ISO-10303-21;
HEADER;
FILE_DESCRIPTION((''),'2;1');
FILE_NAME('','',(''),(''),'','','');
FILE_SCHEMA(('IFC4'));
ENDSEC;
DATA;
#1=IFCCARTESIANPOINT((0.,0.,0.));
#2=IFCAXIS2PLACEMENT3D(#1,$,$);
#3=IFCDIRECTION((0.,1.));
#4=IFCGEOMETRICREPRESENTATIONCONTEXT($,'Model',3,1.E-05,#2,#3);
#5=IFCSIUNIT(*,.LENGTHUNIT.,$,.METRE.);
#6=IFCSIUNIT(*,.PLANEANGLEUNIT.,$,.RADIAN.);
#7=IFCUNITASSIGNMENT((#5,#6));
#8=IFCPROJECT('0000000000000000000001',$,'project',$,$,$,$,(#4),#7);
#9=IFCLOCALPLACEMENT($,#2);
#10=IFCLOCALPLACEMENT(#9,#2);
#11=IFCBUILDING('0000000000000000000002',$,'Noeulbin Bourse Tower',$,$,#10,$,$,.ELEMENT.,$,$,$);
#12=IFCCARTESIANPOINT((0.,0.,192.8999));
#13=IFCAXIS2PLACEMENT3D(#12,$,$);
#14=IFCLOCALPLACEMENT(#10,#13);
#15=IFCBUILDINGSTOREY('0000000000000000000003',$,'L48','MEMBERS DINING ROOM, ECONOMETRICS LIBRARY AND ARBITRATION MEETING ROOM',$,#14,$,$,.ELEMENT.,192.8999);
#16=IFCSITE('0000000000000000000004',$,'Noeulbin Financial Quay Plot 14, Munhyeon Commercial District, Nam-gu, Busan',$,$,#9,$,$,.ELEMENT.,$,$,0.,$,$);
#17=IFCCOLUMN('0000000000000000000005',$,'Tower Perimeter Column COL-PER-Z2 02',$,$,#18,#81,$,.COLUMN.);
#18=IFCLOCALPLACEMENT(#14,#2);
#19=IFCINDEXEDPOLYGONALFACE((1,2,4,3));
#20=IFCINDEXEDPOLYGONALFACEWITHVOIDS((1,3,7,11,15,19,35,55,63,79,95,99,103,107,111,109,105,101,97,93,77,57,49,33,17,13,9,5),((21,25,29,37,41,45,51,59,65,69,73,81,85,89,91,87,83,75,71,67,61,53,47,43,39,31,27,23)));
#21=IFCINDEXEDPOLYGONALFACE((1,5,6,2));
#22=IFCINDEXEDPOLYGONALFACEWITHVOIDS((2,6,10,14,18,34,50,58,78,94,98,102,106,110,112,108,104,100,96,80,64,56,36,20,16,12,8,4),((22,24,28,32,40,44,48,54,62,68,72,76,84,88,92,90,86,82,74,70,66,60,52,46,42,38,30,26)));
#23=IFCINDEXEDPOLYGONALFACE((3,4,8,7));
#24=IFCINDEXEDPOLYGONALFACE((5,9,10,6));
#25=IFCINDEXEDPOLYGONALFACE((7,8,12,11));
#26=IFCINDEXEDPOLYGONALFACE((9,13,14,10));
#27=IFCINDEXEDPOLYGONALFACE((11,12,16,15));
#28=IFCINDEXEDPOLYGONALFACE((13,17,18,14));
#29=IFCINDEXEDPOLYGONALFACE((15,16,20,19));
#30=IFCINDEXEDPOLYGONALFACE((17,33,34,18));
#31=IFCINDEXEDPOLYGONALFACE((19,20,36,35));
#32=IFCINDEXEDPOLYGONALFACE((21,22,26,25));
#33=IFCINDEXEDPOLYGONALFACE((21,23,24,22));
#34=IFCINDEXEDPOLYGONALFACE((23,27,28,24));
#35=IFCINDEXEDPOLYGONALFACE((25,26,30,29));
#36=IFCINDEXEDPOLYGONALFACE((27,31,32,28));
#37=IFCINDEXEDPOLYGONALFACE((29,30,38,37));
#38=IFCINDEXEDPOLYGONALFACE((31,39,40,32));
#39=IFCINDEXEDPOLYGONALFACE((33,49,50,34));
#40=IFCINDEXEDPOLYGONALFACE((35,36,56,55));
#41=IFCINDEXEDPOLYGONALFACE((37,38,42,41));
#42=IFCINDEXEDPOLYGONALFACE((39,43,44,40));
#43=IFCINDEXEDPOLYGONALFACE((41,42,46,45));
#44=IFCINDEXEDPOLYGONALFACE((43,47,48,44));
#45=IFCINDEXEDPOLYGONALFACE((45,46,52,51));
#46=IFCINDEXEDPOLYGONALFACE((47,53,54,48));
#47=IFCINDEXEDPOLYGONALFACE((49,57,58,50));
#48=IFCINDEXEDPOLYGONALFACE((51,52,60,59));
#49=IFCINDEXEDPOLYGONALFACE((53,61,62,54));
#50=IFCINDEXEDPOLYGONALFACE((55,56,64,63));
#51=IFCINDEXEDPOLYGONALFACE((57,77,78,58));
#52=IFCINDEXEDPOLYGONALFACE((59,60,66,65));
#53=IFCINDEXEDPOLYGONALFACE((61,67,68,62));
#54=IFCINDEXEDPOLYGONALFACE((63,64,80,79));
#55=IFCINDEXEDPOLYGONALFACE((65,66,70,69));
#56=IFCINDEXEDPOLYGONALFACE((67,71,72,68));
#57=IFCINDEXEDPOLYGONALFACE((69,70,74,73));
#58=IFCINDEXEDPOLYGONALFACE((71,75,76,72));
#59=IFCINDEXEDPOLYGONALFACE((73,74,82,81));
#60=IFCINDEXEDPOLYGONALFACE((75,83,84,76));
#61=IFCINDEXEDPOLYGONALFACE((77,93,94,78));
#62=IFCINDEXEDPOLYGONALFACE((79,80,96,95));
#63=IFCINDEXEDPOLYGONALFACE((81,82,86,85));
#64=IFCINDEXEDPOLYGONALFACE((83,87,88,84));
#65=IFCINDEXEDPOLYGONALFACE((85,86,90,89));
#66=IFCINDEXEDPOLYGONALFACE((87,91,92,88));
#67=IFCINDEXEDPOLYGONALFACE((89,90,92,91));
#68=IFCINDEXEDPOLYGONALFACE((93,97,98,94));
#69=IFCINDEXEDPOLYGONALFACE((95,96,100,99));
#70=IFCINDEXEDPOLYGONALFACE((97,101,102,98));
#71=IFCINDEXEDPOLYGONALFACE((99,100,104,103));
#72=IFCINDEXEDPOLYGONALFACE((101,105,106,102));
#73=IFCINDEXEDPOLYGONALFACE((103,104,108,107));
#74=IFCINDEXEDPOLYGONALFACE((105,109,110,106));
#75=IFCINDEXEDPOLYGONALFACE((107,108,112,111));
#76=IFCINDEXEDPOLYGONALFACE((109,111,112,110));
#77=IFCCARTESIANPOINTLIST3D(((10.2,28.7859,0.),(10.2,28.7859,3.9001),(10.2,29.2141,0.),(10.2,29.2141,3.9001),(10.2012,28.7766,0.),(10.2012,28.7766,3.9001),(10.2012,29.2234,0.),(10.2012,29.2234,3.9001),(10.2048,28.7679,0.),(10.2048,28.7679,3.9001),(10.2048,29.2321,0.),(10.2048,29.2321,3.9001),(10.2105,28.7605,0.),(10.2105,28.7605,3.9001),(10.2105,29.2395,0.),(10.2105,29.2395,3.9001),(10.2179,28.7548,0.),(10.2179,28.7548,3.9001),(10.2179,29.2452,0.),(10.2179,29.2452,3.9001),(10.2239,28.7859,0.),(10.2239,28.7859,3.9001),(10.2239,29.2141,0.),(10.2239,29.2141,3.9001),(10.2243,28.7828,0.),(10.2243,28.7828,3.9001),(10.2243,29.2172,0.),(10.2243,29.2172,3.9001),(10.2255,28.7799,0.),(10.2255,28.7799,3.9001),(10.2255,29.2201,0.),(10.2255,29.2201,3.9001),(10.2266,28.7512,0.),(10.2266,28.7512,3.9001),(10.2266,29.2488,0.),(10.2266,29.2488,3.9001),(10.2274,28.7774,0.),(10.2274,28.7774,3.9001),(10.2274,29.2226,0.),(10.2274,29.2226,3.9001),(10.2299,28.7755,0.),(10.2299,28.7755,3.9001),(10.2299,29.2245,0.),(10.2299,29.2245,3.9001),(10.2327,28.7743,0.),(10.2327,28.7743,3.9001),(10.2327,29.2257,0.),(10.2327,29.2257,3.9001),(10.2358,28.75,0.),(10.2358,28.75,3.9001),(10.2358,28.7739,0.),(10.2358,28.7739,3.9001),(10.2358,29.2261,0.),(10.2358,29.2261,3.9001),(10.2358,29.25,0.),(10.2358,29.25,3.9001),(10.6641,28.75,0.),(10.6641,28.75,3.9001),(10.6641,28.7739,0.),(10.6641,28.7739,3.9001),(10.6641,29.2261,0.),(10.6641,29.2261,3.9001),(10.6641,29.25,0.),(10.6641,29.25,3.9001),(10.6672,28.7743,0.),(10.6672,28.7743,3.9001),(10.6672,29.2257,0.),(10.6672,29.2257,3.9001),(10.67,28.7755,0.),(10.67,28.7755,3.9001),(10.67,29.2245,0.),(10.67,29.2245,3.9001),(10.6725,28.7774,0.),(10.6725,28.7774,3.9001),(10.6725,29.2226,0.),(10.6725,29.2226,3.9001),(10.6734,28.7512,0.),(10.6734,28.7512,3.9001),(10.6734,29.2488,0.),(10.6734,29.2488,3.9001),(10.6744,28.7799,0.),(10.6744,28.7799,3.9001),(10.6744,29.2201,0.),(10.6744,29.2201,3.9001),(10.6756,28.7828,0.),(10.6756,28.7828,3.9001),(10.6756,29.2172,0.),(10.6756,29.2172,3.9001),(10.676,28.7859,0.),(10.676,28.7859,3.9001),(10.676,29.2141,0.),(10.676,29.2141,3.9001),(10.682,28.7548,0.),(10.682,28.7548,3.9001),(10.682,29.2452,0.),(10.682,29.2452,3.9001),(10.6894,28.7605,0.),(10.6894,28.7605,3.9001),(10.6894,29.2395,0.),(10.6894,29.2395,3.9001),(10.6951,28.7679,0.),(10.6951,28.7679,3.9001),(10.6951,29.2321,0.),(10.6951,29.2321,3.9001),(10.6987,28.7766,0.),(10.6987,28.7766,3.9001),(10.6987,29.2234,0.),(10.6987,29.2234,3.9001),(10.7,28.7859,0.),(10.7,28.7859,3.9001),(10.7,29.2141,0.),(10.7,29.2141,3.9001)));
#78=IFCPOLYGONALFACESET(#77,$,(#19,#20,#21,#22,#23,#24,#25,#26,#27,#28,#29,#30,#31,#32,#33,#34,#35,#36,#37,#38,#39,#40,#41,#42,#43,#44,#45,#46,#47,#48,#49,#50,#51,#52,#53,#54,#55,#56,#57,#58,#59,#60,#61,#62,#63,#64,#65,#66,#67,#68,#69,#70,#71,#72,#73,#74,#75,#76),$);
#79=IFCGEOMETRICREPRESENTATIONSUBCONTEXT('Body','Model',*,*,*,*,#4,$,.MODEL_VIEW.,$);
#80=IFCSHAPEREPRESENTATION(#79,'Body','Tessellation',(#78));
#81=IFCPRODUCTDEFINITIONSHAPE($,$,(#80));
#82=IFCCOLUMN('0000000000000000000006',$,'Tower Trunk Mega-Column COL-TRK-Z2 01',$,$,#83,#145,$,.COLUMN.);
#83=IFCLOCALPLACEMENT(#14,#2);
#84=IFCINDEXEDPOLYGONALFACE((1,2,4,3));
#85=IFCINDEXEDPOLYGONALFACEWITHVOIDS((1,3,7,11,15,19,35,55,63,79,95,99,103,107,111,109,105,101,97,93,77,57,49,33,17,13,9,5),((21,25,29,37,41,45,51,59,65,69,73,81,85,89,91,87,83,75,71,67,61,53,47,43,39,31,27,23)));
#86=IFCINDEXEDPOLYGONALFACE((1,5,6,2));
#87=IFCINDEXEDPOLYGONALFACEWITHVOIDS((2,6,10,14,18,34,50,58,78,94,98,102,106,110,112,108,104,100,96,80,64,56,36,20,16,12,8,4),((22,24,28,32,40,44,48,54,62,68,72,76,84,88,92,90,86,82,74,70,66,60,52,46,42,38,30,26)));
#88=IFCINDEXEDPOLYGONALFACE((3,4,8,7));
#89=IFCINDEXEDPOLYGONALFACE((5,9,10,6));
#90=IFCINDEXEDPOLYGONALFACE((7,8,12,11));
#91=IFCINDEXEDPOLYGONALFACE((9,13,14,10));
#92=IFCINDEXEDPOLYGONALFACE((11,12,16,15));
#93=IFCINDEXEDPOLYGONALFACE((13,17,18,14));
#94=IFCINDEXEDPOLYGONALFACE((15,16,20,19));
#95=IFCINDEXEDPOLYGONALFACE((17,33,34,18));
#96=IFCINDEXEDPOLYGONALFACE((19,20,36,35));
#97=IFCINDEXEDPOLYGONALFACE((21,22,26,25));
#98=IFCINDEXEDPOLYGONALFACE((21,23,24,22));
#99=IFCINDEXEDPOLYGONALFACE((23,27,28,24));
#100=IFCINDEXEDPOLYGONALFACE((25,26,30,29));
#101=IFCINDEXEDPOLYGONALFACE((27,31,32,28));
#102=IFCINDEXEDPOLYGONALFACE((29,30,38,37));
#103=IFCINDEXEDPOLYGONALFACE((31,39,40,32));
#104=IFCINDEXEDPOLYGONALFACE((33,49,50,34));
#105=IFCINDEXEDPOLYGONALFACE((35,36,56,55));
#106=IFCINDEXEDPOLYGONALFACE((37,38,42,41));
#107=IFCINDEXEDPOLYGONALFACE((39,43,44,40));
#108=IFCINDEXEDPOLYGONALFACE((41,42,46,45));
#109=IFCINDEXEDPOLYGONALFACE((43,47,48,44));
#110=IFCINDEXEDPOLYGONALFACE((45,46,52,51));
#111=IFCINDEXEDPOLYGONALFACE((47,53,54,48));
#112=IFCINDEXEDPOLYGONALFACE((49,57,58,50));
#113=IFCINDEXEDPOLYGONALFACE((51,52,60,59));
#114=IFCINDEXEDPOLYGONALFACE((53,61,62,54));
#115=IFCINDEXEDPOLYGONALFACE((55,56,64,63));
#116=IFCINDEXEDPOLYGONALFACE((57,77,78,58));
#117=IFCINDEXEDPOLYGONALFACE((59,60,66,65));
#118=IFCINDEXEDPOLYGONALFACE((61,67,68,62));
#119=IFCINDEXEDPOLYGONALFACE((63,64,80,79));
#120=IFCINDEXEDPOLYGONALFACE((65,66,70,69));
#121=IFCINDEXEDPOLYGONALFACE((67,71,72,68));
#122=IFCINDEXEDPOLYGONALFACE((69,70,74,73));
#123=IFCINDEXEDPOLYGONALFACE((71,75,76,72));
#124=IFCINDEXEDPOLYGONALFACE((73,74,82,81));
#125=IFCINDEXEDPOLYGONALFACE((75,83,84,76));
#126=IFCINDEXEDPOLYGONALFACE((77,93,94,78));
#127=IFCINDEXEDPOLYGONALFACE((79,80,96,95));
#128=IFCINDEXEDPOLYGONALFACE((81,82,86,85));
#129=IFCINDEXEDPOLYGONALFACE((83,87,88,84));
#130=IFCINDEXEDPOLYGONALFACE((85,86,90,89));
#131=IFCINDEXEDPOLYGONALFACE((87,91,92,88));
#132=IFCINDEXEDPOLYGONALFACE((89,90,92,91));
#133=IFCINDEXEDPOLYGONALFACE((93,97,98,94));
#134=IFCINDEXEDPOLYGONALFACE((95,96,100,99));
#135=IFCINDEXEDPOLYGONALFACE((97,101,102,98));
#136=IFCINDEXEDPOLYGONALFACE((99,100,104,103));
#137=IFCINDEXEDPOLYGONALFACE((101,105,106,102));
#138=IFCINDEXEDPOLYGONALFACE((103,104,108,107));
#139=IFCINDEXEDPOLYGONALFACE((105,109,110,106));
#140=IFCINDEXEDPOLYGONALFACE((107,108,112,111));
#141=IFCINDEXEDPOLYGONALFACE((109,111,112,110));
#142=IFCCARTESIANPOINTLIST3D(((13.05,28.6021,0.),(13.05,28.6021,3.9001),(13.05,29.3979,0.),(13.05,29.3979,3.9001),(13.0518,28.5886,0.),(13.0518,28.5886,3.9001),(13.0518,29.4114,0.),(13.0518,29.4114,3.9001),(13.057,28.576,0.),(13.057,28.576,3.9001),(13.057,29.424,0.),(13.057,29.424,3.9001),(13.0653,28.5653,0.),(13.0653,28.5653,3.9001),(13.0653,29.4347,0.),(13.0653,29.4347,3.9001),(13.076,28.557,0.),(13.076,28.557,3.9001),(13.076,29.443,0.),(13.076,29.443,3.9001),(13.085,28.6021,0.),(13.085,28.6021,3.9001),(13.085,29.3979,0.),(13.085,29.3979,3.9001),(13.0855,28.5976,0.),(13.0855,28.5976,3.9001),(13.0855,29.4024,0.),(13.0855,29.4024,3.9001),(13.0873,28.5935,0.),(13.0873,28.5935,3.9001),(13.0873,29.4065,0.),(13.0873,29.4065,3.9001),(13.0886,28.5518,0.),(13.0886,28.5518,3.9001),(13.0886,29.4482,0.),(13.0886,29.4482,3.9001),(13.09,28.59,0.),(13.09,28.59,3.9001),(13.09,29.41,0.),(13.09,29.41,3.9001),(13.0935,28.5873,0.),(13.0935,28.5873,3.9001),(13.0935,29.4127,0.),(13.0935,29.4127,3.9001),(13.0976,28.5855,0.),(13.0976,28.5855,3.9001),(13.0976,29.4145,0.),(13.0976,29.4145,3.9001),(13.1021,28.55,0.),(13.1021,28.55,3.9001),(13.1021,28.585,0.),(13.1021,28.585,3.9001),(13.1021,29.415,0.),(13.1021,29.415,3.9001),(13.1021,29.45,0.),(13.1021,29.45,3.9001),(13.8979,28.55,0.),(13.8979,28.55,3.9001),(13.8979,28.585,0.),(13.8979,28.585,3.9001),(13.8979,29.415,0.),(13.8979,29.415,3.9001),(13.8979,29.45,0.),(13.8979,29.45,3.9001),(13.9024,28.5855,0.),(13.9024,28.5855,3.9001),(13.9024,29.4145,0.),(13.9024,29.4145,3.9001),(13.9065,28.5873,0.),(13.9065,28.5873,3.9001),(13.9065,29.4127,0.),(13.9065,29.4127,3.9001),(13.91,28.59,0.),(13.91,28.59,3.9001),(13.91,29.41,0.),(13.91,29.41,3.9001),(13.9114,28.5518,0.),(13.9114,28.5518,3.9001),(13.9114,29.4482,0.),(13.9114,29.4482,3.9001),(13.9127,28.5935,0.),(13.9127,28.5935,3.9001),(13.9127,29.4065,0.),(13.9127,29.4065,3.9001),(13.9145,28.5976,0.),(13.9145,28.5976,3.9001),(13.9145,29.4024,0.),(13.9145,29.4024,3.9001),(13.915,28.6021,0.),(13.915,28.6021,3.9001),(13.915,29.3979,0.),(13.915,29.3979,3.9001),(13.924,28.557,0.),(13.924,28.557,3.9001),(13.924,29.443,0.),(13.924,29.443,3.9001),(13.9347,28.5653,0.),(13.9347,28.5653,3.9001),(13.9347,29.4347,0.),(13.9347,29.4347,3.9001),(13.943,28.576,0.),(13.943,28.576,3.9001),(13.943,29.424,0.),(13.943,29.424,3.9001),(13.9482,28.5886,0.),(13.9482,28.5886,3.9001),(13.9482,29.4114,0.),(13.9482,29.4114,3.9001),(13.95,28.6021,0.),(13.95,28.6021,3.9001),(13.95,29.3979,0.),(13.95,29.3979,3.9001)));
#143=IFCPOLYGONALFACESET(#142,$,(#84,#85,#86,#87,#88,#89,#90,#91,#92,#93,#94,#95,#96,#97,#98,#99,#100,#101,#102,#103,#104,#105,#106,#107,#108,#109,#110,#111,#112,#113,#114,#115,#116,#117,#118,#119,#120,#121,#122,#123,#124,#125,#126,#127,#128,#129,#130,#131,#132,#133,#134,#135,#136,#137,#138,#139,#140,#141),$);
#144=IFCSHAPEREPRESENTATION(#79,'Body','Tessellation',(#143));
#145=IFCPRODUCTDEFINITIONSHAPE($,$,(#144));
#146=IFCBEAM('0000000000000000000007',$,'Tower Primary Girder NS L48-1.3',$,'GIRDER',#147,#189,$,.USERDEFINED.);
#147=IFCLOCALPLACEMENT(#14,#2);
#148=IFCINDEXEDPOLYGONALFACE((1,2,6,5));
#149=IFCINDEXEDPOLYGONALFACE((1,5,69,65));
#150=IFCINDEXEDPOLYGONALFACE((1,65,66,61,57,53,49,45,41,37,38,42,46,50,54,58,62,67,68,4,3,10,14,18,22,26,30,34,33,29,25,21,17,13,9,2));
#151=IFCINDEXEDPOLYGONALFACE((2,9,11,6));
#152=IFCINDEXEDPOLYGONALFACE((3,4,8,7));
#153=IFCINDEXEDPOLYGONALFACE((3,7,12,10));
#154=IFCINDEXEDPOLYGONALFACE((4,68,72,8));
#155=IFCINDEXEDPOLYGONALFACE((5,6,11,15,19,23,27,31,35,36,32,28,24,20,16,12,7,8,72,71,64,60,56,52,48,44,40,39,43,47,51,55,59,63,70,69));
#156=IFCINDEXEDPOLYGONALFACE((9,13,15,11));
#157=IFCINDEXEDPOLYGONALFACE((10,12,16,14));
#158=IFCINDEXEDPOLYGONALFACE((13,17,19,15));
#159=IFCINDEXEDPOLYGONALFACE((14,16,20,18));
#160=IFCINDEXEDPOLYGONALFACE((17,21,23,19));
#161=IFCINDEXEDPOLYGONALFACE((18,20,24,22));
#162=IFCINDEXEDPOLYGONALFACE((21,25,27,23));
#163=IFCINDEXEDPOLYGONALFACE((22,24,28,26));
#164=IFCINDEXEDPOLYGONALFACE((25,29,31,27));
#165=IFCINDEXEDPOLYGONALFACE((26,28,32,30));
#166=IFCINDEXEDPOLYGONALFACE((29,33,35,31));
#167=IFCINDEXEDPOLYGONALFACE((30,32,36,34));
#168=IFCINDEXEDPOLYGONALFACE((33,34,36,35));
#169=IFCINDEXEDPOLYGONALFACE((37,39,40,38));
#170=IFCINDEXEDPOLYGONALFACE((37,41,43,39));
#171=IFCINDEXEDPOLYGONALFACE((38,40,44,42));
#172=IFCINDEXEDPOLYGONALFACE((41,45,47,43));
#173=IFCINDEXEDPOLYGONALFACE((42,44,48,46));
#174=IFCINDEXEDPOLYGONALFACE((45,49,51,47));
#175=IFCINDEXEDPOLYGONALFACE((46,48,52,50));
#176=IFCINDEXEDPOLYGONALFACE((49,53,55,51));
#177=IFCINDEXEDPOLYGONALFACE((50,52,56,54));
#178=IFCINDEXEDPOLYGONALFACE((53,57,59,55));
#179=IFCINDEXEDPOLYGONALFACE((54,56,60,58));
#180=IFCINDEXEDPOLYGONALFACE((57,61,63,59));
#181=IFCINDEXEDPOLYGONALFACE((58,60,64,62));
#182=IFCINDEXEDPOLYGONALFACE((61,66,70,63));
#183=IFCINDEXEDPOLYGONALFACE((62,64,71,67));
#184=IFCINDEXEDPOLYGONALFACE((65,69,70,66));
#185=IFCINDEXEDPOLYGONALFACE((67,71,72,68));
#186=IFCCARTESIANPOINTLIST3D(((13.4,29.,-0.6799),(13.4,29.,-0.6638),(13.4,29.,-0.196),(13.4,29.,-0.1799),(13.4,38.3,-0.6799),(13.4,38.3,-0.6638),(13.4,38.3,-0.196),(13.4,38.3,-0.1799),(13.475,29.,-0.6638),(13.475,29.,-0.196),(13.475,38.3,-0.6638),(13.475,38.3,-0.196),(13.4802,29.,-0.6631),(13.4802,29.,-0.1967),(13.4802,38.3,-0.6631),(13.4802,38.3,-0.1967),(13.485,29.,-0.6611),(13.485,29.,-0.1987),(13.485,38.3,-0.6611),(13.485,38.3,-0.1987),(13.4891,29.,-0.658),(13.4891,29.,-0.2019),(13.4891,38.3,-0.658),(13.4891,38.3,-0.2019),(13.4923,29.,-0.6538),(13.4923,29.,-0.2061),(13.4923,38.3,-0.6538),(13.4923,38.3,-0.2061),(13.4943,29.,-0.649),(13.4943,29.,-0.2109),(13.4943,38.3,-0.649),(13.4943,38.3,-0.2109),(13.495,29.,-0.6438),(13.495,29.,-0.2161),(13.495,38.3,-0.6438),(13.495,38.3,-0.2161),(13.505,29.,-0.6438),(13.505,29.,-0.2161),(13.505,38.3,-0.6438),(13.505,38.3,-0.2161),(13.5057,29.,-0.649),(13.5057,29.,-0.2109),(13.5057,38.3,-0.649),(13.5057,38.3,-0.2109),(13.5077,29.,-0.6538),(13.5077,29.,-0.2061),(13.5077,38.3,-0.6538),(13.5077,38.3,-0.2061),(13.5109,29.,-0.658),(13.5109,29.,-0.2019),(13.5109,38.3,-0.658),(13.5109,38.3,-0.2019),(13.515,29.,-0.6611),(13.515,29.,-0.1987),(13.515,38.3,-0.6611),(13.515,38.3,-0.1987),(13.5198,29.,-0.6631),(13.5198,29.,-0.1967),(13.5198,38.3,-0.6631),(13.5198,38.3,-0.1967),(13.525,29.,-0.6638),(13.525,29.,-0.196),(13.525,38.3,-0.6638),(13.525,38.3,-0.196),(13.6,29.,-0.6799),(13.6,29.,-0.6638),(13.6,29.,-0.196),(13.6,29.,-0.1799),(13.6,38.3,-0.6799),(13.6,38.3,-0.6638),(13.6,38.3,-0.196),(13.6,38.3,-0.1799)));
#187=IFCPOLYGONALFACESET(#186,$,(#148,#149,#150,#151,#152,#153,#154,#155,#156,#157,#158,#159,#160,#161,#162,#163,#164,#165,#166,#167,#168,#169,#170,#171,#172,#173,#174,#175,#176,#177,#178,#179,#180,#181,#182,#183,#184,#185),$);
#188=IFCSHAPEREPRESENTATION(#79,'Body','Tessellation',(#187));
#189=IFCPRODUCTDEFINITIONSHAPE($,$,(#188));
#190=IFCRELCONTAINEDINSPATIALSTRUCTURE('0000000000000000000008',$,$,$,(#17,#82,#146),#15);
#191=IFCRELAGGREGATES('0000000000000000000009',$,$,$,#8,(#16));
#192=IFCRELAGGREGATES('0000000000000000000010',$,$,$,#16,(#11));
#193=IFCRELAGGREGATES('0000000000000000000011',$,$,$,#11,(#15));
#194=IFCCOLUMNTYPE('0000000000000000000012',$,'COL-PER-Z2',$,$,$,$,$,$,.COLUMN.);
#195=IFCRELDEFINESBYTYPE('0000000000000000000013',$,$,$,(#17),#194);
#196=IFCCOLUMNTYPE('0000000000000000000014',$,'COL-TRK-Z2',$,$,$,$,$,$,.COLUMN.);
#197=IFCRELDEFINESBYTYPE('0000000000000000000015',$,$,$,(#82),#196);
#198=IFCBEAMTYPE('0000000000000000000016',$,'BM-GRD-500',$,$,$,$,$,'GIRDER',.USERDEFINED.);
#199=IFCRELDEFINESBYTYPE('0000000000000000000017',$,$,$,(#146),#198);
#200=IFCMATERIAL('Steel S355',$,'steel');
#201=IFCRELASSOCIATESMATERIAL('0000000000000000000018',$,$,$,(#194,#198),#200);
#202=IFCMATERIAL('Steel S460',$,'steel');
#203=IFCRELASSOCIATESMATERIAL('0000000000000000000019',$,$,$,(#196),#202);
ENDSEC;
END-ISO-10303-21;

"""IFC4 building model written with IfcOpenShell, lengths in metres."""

from ifc_helpers import new_model, si_unit, direction, frame, origin, origin_2d, place, context, subcontext, project, spatial, hollow_rectangle, i_section, extrude, material, material_profile, profile_set, type_object, element, save


model = new_model("IFC4")

# Units and contexts
model_context = context("Model", 3, precision=1e-05, world=origin(), true_north=direction((0.0, 1.0)))
body_context = subcontext(model_context, "Body", "Model", "MODEL_VIEW")
ifc_project = project(units=[si_unit("LENGTHUNIT", "METRE"), si_unit("PLANEANGLEUNIT", "RADIAN")], contexts=[model_context])

# Site, building, storey
site_placement = place(None, origin())
site = spatial("IfcSite", under=ifc_project, at=site_placement, Name="Noeulbin Financial Quay Plot 14, Munhyeon Commercial District, Nam-gu, Busan", CompositionType="ELEMENT", RefElevation=0.0)
building_placement = place(site_placement, origin())
building = spatial("IfcBuilding", under=site, at=building_placement, Name="Noeulbin Bourse Tower", CompositionType="ELEMENT")
storey_placement = place(building_placement, frame((0.0, 0.0, 192.8999)))
storey = spatial("IfcBuildingStorey", under=building, at=storey_placement, Name="L48", Description="MEMBERS DINING ROOM, ECONOMETRICS LIBRARY AND ARBITRATION MEETING ROOM", CompositionType="ELEMENT", Elevation=192.8999)

# Columns
ifc_material_1 = material(Name="Steel S355", Category="steel")
ifc_material_profile_1 = material_profile(ifc_material_1, hollow_rectangle(XDim=0.5, YDim=0.5, WallThickness=0.0239, InnerFilletRadius=0.012, OuterFilletRadius=0.0359, at=origin_2d()), Name="BOX-500x500x24", Category="LoadBearing")
ifc_profile_set_1 = profile_set([ifc_material_profile_1], Name="Steel S355")
column_type_1 = type_object("IfcColumnType", Name="COL-PER-Z2", PredefinedType="COLUMN", material=ifc_profile_set_1)
column_1_placement = place(storey_placement, frame((10.45, 29.0, 0.0), z_axis=(0.0, 0.0, 1.0), x_axis=(1.0, 0.0, 0.0)))
element("IfcColumn", 1, at=column_1_placement, inside=storey, type_object=column_type_1, Name="Tower Perimeter Column COL-PER-Z2 02", PredefinedType="COLUMN", context=body_context, shape_type="SweptSolid", body=[
    extrude(hollow_rectangle(XDim=0.5, YDim=0.5, WallThickness=0.0239, InnerFilletRadius=0.012, OuterFilletRadius=0.0359, at=origin_2d()), origin(), (0.0, 0.0, 1.0), 3.9001),
])
ifc_material_2 = material(Name="Steel S460", Category="steel")
ifc_material_profile_2 = material_profile(ifc_material_2, hollow_rectangle(XDim=0.8999, YDim=0.8999, WallThickness=0.0349, InnerFilletRadius=0.0171, OuterFilletRadius=0.052, at=origin_2d()), Name="BOX-900x900x35", Category="LoadBearing")
ifc_profile_set_2 = profile_set([ifc_material_profile_2], Name="Steel S460")
column_type_2 = type_object("IfcColumnType", Name="COL-TRK-Z2", PredefinedType="COLUMN", material=ifc_profile_set_2)
column_2_placement = place(storey_placement, frame((13.5, 29.0, 0.0), z_axis=(0.0, 0.0, 1.0), x_axis=(1.0, 0.0, 0.0)))
element("IfcColumn", 2, at=column_2_placement, inside=storey, type_object=column_type_2, Name="Tower Trunk Mega-Column COL-TRK-Z2 01", PredefinedType="COLUMN", context=body_context, shape_type="SweptSolid", body=[
    extrude(hollow_rectangle(XDim=0.8999, YDim=0.8999, WallThickness=0.0349, InnerFilletRadius=0.0171, OuterFilletRadius=0.052, at=origin_2d()), origin(), (0.0, 0.0, 1.0), 3.9001),
])

# Beam
ifc_material_profile_3 = material_profile(ifc_material_1, i_section(OverallWidth=0.2, OverallDepth=0.5, WebThickness=0.01, FlangeThickness=0.0161, FilletRadius=0.02, at=origin_2d()), Name="H-500x200x10x16", Category="LoadBearing")
ifc_profile_set_3 = profile_set([ifc_material_profile_3], Name="Steel S355")
beam_type_1 = type_object("IfcBeamType", Name="BM-GRD-500", ElementType="GIRDER", PredefinedType="USERDEFINED", material=ifc_profile_set_3)
beam_1_placement = place(storey_placement, frame((13.5, 29.0, -0.4299), z_axis=(0.0, 1.0, 0.0), x_axis=(-1.0, 0.0, 0.0)))
element("IfcBeam", 3, at=beam_1_placement, inside=storey, type_object=beam_type_1, Name="Tower Primary Girder NS L48-1.3", ObjectType="GIRDER", PredefinedType="USERDEFINED", context=body_context, shape_type="SweptSolid", body=[
    extrude(i_section(OverallWidth=0.2, OverallDepth=0.5, WebThickness=0.01, FlangeThickness=0.0161, FilletRadius=0.02, at=origin_2d()), origin(), (0.0, 0.0, 1.0), 9.3),
])

save(model, "model.ifc")
